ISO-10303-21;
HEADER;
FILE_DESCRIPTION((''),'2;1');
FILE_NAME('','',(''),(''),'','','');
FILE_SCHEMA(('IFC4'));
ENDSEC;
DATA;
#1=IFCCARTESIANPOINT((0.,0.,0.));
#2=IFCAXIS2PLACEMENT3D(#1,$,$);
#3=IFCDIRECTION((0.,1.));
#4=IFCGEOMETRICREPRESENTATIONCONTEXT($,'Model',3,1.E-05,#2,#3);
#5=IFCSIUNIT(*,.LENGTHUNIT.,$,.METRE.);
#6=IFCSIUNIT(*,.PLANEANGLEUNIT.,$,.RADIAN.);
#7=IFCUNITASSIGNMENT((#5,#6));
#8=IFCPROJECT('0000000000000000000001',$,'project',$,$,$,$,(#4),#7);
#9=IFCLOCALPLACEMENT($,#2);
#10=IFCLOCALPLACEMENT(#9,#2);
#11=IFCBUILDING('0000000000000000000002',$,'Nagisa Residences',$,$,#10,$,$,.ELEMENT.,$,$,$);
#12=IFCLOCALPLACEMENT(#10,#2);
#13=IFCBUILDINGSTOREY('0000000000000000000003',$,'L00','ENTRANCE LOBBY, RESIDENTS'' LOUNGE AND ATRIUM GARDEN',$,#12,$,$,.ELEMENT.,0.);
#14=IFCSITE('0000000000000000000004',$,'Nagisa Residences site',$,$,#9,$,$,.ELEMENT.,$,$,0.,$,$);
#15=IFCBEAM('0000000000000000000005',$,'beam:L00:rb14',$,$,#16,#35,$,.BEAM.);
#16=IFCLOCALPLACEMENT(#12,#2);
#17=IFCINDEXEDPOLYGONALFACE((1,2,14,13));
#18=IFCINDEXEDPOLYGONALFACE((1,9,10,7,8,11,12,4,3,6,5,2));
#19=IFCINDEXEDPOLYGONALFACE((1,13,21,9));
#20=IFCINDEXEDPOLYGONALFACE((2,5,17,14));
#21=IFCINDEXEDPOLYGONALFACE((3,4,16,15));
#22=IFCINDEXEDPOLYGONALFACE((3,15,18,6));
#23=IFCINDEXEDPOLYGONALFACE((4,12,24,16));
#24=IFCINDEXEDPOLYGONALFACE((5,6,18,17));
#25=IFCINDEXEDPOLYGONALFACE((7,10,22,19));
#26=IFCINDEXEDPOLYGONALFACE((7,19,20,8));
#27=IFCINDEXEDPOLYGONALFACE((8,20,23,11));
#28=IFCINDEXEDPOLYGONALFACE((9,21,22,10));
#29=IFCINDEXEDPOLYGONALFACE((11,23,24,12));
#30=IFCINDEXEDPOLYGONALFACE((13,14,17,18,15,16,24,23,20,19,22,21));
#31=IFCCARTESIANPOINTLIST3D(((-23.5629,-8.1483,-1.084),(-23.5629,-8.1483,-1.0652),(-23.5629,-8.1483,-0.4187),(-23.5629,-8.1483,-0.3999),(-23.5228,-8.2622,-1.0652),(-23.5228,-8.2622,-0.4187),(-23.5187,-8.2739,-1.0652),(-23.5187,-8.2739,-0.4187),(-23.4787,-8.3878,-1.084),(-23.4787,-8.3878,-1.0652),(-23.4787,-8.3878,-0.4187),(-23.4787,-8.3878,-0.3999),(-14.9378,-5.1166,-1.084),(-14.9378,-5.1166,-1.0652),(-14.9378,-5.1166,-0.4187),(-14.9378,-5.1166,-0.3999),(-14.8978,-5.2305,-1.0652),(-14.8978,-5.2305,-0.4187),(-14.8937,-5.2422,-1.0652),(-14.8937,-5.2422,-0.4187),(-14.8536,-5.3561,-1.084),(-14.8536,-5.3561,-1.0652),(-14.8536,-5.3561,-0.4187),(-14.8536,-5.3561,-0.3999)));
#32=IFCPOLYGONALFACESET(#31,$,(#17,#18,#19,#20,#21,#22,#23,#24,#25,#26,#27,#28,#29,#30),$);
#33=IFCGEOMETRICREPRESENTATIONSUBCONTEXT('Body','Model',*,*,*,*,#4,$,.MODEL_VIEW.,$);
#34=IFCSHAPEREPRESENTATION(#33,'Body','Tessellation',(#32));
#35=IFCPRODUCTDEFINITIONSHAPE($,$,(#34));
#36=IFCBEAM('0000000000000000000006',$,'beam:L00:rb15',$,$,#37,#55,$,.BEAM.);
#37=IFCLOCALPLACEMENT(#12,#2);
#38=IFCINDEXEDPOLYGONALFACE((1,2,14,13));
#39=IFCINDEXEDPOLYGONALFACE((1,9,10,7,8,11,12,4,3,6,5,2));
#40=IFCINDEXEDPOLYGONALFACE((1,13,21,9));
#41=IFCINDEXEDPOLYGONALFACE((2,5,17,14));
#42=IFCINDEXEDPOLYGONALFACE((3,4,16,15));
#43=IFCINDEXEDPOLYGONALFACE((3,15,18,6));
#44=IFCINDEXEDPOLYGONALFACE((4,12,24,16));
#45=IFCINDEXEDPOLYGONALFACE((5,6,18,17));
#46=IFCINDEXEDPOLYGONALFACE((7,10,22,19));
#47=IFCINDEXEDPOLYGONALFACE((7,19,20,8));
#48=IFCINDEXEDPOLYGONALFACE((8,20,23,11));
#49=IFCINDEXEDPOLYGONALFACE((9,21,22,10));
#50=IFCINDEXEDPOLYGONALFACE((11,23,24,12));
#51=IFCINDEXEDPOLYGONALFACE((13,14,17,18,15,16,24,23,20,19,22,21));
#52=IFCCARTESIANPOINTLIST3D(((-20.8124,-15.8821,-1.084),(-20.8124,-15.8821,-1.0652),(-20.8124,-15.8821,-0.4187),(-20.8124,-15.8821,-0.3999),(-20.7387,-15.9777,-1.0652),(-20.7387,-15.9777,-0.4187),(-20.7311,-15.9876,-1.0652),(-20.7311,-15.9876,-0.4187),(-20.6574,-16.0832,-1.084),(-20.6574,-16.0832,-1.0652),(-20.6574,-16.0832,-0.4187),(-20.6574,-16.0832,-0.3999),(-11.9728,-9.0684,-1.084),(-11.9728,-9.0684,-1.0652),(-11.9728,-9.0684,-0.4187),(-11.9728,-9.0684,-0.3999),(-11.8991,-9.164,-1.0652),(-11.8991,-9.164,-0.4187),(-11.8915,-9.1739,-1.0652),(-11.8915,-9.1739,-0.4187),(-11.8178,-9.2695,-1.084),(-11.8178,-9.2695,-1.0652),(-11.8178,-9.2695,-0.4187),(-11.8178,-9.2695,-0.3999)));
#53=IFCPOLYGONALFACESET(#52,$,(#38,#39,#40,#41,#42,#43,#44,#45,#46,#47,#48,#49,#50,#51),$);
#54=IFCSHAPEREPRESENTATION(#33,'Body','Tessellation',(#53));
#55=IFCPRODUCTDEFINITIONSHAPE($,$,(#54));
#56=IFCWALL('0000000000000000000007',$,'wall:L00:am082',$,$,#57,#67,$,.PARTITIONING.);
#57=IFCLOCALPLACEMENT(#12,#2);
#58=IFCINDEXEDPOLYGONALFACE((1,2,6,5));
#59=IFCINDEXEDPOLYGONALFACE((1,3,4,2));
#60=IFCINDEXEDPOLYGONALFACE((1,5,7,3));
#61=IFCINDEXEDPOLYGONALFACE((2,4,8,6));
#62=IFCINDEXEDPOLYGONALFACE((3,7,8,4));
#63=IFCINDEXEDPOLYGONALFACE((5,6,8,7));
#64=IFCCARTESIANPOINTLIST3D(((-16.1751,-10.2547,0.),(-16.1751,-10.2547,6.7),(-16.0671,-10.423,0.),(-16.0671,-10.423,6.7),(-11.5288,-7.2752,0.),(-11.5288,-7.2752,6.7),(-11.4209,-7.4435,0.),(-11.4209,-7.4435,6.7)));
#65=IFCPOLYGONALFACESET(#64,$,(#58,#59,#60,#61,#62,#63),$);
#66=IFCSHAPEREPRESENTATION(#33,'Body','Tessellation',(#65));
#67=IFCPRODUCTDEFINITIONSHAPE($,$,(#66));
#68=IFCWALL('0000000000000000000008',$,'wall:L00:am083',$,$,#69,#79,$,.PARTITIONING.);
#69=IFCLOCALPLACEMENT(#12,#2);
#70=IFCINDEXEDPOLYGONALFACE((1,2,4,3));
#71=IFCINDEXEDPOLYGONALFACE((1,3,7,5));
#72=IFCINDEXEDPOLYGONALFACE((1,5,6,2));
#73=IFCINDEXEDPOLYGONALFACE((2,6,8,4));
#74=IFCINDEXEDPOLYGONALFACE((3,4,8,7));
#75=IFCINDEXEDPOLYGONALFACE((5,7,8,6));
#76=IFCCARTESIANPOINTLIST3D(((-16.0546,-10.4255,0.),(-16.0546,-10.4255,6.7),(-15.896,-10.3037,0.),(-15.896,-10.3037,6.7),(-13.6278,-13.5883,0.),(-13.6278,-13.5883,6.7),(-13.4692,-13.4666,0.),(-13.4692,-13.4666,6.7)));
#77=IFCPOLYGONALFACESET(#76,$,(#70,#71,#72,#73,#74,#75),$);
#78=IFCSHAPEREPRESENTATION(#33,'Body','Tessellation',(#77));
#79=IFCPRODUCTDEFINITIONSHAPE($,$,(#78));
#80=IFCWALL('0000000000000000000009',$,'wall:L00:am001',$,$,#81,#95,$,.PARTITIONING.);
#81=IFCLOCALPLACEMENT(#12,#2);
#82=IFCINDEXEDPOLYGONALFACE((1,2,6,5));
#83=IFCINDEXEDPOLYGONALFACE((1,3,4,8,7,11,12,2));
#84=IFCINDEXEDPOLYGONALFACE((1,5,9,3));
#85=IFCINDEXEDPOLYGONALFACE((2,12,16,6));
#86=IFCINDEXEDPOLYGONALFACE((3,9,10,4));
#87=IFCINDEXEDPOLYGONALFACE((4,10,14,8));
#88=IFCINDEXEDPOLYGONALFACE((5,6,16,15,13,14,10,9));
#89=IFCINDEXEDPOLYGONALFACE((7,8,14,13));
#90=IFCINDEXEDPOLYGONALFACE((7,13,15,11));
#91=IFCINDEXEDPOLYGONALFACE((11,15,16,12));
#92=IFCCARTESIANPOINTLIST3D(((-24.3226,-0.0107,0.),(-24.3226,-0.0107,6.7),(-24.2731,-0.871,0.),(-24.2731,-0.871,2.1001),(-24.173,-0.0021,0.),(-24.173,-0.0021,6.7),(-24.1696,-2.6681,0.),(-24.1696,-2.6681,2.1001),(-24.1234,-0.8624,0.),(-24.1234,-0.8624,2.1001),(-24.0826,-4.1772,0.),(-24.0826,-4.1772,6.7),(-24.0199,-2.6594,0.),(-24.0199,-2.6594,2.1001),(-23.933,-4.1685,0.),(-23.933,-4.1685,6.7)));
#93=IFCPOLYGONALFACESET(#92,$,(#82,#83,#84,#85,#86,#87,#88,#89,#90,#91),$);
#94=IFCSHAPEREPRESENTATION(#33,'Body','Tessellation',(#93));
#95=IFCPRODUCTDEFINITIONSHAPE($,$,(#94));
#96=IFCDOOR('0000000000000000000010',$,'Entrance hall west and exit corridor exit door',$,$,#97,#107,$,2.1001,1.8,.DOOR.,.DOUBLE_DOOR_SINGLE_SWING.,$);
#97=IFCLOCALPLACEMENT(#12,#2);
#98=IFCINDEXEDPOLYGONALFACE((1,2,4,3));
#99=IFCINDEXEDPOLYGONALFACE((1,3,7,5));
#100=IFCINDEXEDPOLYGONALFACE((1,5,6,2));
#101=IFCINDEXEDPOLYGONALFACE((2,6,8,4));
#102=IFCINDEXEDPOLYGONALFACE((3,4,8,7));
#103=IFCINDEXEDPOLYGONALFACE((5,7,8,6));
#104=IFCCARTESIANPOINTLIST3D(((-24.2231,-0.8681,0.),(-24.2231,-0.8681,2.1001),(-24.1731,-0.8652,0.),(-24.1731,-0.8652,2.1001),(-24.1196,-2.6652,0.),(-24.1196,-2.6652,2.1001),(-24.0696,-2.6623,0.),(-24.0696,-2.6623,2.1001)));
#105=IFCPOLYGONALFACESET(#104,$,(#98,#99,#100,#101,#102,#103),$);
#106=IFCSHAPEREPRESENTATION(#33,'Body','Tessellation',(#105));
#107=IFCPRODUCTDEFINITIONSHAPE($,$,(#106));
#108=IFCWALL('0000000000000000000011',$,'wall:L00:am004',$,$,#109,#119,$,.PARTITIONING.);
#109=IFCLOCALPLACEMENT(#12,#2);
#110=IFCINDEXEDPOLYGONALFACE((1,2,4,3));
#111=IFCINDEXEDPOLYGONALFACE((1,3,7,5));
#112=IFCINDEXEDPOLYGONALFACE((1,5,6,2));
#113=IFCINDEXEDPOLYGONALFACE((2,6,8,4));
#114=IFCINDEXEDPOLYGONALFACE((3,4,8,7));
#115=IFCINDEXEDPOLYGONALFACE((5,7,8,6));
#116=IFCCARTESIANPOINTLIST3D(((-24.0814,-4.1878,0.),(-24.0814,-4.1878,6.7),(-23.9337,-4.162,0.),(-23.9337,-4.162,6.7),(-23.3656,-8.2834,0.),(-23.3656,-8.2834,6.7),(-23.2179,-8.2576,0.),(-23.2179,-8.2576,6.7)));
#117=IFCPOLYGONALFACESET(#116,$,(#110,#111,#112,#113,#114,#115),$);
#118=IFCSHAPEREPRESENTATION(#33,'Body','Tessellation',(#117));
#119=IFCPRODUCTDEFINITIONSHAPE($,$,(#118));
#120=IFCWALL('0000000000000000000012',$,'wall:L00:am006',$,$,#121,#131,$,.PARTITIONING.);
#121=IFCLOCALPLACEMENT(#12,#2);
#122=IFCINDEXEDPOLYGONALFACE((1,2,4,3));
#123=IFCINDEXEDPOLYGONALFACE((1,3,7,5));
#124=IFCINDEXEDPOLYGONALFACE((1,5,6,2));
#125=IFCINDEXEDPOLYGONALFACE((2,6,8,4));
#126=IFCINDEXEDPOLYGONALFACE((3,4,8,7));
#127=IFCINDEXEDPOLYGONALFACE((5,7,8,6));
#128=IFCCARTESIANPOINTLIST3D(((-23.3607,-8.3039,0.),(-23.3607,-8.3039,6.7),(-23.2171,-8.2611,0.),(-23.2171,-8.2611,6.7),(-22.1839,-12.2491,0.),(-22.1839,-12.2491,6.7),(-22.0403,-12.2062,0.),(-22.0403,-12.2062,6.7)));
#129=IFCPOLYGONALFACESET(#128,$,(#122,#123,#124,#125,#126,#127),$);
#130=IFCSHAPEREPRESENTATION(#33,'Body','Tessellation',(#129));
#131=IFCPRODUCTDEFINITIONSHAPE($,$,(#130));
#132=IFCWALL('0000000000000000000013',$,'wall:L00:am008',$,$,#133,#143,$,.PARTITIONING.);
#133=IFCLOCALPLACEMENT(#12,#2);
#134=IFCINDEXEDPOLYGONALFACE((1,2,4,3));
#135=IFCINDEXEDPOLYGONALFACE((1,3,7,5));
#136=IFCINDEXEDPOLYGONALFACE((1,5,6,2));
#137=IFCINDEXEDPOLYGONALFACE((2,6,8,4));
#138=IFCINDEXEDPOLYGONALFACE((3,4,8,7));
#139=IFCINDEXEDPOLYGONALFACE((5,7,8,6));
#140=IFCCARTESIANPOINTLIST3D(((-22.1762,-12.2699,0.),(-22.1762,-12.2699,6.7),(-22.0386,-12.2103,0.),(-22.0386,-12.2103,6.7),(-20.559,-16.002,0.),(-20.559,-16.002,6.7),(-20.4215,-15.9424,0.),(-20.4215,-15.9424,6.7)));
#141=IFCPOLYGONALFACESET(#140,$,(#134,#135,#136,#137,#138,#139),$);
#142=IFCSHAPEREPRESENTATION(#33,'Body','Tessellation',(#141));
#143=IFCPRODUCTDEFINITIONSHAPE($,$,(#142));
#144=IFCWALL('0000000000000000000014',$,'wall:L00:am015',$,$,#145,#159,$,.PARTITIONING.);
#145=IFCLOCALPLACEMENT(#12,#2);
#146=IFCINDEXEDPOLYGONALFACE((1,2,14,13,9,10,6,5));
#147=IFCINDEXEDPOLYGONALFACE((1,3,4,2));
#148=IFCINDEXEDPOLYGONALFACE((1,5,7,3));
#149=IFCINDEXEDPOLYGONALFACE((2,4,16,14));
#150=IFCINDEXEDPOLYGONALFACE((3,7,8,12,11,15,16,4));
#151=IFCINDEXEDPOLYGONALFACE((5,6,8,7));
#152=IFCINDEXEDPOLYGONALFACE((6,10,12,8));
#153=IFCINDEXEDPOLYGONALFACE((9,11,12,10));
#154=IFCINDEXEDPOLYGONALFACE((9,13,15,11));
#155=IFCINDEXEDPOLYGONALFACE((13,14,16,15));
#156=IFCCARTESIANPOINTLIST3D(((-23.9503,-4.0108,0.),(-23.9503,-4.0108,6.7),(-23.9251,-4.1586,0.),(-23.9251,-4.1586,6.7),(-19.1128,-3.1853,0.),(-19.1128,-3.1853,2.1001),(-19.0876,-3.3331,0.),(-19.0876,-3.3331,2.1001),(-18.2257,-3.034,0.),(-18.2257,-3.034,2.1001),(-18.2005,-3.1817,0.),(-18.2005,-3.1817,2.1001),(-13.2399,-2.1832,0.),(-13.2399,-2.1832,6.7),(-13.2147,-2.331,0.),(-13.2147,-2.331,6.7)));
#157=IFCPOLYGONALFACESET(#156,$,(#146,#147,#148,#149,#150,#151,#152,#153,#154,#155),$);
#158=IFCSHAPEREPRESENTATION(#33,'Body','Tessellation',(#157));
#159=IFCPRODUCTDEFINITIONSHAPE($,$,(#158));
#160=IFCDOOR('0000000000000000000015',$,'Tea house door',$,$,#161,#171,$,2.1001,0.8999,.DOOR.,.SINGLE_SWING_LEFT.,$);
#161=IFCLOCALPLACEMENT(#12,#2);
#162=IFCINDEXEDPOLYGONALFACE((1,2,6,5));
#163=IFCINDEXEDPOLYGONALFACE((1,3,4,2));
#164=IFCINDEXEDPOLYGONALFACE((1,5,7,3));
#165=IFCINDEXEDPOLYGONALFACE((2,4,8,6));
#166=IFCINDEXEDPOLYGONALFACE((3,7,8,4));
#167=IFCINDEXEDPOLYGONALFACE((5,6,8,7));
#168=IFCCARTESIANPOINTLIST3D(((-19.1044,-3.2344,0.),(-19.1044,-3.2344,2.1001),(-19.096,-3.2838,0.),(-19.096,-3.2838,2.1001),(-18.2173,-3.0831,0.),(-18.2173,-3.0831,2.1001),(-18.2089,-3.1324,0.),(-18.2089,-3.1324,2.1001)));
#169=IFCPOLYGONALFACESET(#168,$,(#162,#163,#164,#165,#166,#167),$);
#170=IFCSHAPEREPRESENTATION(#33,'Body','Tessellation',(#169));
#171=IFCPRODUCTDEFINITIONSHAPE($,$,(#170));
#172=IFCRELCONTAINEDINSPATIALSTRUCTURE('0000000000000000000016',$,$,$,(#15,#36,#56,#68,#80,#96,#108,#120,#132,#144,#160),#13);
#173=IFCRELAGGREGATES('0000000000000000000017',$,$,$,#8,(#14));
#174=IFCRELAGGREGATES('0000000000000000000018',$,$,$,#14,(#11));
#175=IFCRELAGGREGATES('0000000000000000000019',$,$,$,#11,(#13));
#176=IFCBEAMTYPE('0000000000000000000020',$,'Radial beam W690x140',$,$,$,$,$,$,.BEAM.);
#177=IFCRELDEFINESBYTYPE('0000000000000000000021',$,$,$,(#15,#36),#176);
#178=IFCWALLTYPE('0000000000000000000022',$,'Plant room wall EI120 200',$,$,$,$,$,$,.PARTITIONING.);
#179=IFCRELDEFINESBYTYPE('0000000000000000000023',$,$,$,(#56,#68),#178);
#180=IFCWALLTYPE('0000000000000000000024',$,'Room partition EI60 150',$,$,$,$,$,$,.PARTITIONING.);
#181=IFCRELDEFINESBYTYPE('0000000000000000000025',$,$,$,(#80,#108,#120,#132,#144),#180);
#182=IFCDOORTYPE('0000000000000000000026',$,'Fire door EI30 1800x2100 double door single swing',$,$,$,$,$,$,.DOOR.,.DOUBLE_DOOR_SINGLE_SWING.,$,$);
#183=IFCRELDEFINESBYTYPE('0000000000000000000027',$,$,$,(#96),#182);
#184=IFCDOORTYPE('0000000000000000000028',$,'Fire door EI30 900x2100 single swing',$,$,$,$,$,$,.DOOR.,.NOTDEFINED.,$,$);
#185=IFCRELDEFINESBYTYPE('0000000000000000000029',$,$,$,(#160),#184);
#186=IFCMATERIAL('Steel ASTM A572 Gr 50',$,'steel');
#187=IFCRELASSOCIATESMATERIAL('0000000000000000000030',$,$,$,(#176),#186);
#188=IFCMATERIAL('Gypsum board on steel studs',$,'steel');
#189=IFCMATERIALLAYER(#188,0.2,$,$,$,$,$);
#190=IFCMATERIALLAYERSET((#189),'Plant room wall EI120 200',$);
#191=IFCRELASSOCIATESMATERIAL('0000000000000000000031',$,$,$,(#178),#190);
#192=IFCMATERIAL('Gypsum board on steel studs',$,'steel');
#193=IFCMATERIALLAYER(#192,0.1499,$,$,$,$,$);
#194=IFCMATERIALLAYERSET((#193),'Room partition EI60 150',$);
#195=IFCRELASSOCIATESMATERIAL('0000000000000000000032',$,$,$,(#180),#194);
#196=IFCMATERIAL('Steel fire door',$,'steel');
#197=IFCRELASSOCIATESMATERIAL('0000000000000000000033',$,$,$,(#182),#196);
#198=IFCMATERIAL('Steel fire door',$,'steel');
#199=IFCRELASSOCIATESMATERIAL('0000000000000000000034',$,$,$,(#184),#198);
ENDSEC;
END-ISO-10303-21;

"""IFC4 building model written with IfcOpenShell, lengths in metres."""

from ifc_helpers import new_model, si_unit, direction, frame, frame_2d, origin, origin_2d, place, context, subcontext, project, spatial, rectangle, i_section, extrude, material, layer, layer_set, material_profile, profile_set, type_object, element, fill, save


model = new_model("IFC4")

# Units and contexts
model_context = context("Model", 3, precision=1e-05, world=origin(), true_north=direction((0.0, 1.0)))
body_context = subcontext(model_context, "Body", "Model", "MODEL_VIEW")
ifc_project = project(units=[si_unit("LENGTHUNIT", "METRE"), si_unit("PLANEANGLEUNIT", "RADIAN")], contexts=[model_context])

# Site, building, storey
site_placement = place(None, origin())
site = spatial("IfcSite", under=ifc_project, at=site_placement, Name="Nagisa Residences site", CompositionType="ELEMENT", RefElevation=0.0)
building_placement = place(site_placement, origin())
building = spatial("IfcBuilding", under=site, at=building_placement, Name="Nagisa Residences", CompositionType="ELEMENT")
storey_placement = place(building_placement, origin())
storey = spatial("IfcBuildingStorey", under=building, at=storey_placement, Name="L00", Description="ENTRANCE LOBBY, RESIDENTS' LOUNGE AND ATRIUM GARDEN", CompositionType="ELEMENT", Elevation=0.0)

# Beams
ifc_material_1 = material(Name="Steel ASTM A572 Gr 50", Category="steel")
ifc_material_profile_1 = material_profile(ifc_material_1, i_section(OverallWidth=0.2539, OverallDepth=0.6841, WebThickness=0.0125, FlangeThickness=0.0188, at=origin_2d()), Name="W690x140")
ifc_profile_set_1 = profile_set([ifc_material_profile_1], Name="Steel ASTM A572 Gr 50")
beam_type_1 = type_object("IfcBeamType", Name="Radial beam W690x140", PredefinedType="BEAM", material=ifc_profile_set_1)
beam_1_placement = place(storey_placement, frame((-23.5208, -8.2681, -0.7419), z_axis=(0.943415, 0.331616, 0.0), x_axis=(-0.331616, 0.943415, 0.0)))
element("IfcBeam", 1, at=beam_1_placement, inside=storey, type_object=beam_type_1, Name="beam:L00:rb14", PredefinedType="BEAM", context=body_context, shape_type="SweptSolid", body=[
    extrude(i_section(OverallWidth=0.2539, OverallDepth=0.6841, WebThickness=0.0125, FlangeThickness=0.0188, at=origin_2d()), origin(), (0.0, 0.0, 1.0), 9.1423),
])
beam_2_placement = place(storey_placement, frame((-20.7349, -15.9827, -0.7419), z_axis=(0.792016, 0.6105, 0.0), x_axis=(-0.6105, 0.792016, 0.0)))
element("IfcBeam", 2, at=beam_2_placement, inside=storey, type_object=beam_type_1, Name="beam:L00:rb15", PredefinedType="BEAM", context=body_context, shape_type="SweptSolid", body=[
    extrude(i_section(OverallWidth=0.2539, OverallDepth=0.6841, WebThickness=0.0125, FlangeThickness=0.0188, at=origin_2d()), origin(), (0.0, 0.0, 1.0), 11.1609),
])

# Walls
ifc_material_2 = material(Name="Gypsum board on steel studs", Category="steel")
ifc_layer_1 = layer(ifc_material_2, 0.2)
ifc_layer_set_1 = layer_set([ifc_layer_1], Name="Plant room wall EI120 200")
wall_type_1 = type_object("IfcWallType", Name="Plant room wall EI120 200", PredefinedType="PARTITIONING", material=ifc_layer_set_1)
wall_1_placement = place(storey_placement, frame((-16.1211, -10.3389, 0.0), z_axis=(0.0, 0.0, 1.0), x_axis=(0.841786, 0.539812, 0.0)))
element("IfcWall", 3, at=wall_1_placement, inside=storey, type_object=wall_type_1, Name="wall:L00:am082", PredefinedType="PARTITIONING", context=body_context, shape_type="SweptSolid", body=[
    extrude(rectangle(XDim=5.5195, YDim=0.2, at=frame_2d((2.7598, 0.0))), origin(), (0.0, 0.0, 1.0), 6.7),
])
wall_2_placement = place(storey_placement, frame((-13.5486, -13.5273, 0.0), z_axis=(0.0, 0.0, 1.0), x_axis=(-0.608734, 0.793375, 0.0)))
element("IfcWall", 4, at=wall_2_placement, inside=storey, type_object=wall_type_1, Name="wall:L00:am083", PredefinedType="PARTITIONING", context=body_context, shape_type="SweptSolid", body=[
    extrude(rectangle(XDim=3.9866, YDim=0.2, at=frame_2d((1.9932, 0.0))), origin(), (0.0, 0.0, 1.0), 6.7),
])

# Wall, opening, door
ifc_material_3 = material(Name="Gypsum board on steel studs", Category="steel")
ifc_layer_2 = layer(ifc_material_3, 0.1499)
ifc_layer_set_2 = layer_set([ifc_layer_2], Name="Room partition EI60 150")
wall_type_2 = type_object("IfcWallType", Name="Room partition EI60 150", PredefinedType="PARTITIONING", material=ifc_layer_set_2)
wall_3_placement = place(storey_placement, frame((-24.0078, -4.1729, 0.0), z_axis=(0.0, 0.0, 1.0), x_axis=(-0.057505, 0.998345, 0.0)))
wall_3 = element("IfcWall", 5, at=wall_3_placement, inside=storey, type_object=wall_type_2, Name="wall:L00:am001", PredefinedType="PARTITIONING", context=body_context, shape_type="SweptSolid", body=[
    extrude(rectangle(XDim=4.1733, YDim=0.1499, at=frame_2d((2.0867, 0.0))), origin(), (0.0, 0.0, 1.0), 6.7),
])
opening_1_placement = place(wall_3_placement, frame((1.5117, 0.0, 0.0)))
opening_1 = element("IfcOpeningElement", 6, at=opening_1_placement, cuts=wall_3, PredefinedType="OPENING", context=body_context, shape_type="SweptSolid", body=[
    extrude(rectangle(XDim=1.8, YDim=2.1001, at=frame_2d((0.8999, 1.05))), frame((0.0, 0.085, 0.0), z_axis=(0.0, -1.0, 0.0), x_axis=(1.0, 0.0, 0.0)), (0.0, 0.0, 1.0), 0.1699),
])
ifc_material_4 = material(Name="Steel fire door", Category="steel")
door_type_1 = type_object("IfcDoorType", Name="Fire door EI30 1800x2100 double door single swing", OperationType="DOUBLE_DOOR_SINGLE_SWING", PredefinedType="DOOR", material=ifc_material_4)
door_1_placement = place(opening_1_placement, origin())
door_1 = element("IfcDoor", 7, at=door_1_placement, inside=storey, type_object=door_type_1, Name="Entrance hall west and exit corridor exit door", OperationType="DOUBLE_DOOR_SINGLE_SWING", OverallHeight=2.1001, OverallWidth=1.8, PredefinedType="DOOR", context=body_context, shape_type="SweptSolid", body=[
    extrude(rectangle(XDim=1.8, YDim=2.1001, at=frame_2d((0.8999, 1.05))), frame((0.0, 0.0249, 0.0), z_axis=(0.0, -1.0, 0.0), x_axis=(1.0, 0.0, 0.0)), (0.0, 0.0, 1.0), 0.05),
])
fill(opening_1, door_1)

# Walls
wall_4_placement = place(storey_placement, frame((-23.2917, -8.2705, 0.0), z_axis=(0.0, 0.0, 1.0), x_axis=(-0.172164, 0.985068, 0.0)))
element("IfcWall", 8, at=wall_4_placement, inside=storey, type_object=wall_type_2, Name="wall:L00:am004", PredefinedType="PARTITIONING", context=body_context, shape_type="SweptSolid", body=[
    extrude(rectangle(XDim=4.1577, YDim=0.1499, at=frame_2d((2.0789, 0.0))), origin(), (0.0, 0.0, 1.0), 6.7),
])
wall_5_placement = place(storey_placement, frame((-22.1121, -12.2278, 0.0), z_axis=(0.0, 0.0, 1.0), x_axis=(-0.28584, 0.958277, 0.0)))
element("IfcWall", 9, at=wall_5_placement, inside=storey, type_object=wall_type_2, Name="wall:L00:am006", PredefinedType="PARTITIONING", context=body_context, shape_type="SweptSolid", body=[
    extrude(rectangle(XDim=4.1169, YDim=0.1499, at=frame_2d((2.0586, 0.0))), origin(), (0.0, 0.0, 1.0), 6.7),
])
wall_6_placement = place(storey_placement, frame((-20.4902, -15.9722, 0.0), z_axis=(0.0, 0.0, 1.0), x_axis=(-0.397589, 0.917564, 0.0)))
element("IfcWall", 10, at=wall_6_placement, inside=storey, type_object=wall_type_2, Name="wall:L00:am008", PredefinedType="PARTITIONING", context=body_context, shape_type="SweptSolid", body=[
    extrude(rectangle(XDim=4.0674, YDim=0.1499, at=frame_2d((2.0337, 0.0))), origin(), (0.0, 0.0, 1.0), 6.7),
])

# Wall, opening, door
wall_7_placement = place(storey_placement, frame((-13.2273, -2.2571, 0.0), z_axis=(0.0, 0.0, 1.0), x_axis=(-0.985751, -0.168209, 0.0)))
wall_7 = element("IfcWall", 11, at=wall_7_placement, inside=storey, type_object=wall_type_2, Name="wall:L00:am015", PredefinedType="PARTITIONING", context=body_context, shape_type="SweptSolid", body=[
    extrude(rectangle(XDim=10.8652, YDim=0.1499, at=frame_2d((5.4326, 0.0))), origin(), (0.0, 0.0, 1.0), 6.7),
])
opening_2_placement = place(wall_7_placement, frame((5.0579, 0.0, 0.0)))
opening_2 = element("IfcOpeningElement", 12, at=opening_2_placement, cuts=wall_7, PredefinedType="OPENING", context=body_context, shape_type="SweptSolid", body=[
    extrude(rectangle(XDim=0.8999, YDim=2.1001, at=frame_2d((0.45, 1.05))), frame((0.0, 0.085, 0.0), z_axis=(0.0, -1.0, 0.0), x_axis=(1.0, 0.0, 0.0)), (0.0, 0.0, 1.0), 0.1699),
])
ifc_material_5 = material(Name="Steel fire door", Category="steel")
door_type_2 = type_object("IfcDoorType", Name="Fire door EI30 900x2100 single swing", OperationType="NOTDEFINED", PredefinedType="DOOR", material=ifc_material_5)
door_2_placement = place(opening_2_placement, origin())
door_2 = element("IfcDoor", 13, at=door_2_placement, inside=storey, type_object=door_type_2, Name="Tea house door", OperationType="SINGLE_SWING_LEFT", OverallHeight=2.1001, OverallWidth=0.8999, PredefinedType="DOOR", context=body_context, shape_type="SweptSolid", body=[
    extrude(rectangle(XDim=0.8999, YDim=2.1001, at=frame_2d((0.45, 1.05))), frame((0.0, 0.0249, 0.0), z_axis=(0.0, -1.0, 0.0), x_axis=(1.0, 0.0, 0.0)), (0.0, 0.0, 1.0), 0.05),
])
fill(opening_2, door_2)

save(model, "model.ifc")
